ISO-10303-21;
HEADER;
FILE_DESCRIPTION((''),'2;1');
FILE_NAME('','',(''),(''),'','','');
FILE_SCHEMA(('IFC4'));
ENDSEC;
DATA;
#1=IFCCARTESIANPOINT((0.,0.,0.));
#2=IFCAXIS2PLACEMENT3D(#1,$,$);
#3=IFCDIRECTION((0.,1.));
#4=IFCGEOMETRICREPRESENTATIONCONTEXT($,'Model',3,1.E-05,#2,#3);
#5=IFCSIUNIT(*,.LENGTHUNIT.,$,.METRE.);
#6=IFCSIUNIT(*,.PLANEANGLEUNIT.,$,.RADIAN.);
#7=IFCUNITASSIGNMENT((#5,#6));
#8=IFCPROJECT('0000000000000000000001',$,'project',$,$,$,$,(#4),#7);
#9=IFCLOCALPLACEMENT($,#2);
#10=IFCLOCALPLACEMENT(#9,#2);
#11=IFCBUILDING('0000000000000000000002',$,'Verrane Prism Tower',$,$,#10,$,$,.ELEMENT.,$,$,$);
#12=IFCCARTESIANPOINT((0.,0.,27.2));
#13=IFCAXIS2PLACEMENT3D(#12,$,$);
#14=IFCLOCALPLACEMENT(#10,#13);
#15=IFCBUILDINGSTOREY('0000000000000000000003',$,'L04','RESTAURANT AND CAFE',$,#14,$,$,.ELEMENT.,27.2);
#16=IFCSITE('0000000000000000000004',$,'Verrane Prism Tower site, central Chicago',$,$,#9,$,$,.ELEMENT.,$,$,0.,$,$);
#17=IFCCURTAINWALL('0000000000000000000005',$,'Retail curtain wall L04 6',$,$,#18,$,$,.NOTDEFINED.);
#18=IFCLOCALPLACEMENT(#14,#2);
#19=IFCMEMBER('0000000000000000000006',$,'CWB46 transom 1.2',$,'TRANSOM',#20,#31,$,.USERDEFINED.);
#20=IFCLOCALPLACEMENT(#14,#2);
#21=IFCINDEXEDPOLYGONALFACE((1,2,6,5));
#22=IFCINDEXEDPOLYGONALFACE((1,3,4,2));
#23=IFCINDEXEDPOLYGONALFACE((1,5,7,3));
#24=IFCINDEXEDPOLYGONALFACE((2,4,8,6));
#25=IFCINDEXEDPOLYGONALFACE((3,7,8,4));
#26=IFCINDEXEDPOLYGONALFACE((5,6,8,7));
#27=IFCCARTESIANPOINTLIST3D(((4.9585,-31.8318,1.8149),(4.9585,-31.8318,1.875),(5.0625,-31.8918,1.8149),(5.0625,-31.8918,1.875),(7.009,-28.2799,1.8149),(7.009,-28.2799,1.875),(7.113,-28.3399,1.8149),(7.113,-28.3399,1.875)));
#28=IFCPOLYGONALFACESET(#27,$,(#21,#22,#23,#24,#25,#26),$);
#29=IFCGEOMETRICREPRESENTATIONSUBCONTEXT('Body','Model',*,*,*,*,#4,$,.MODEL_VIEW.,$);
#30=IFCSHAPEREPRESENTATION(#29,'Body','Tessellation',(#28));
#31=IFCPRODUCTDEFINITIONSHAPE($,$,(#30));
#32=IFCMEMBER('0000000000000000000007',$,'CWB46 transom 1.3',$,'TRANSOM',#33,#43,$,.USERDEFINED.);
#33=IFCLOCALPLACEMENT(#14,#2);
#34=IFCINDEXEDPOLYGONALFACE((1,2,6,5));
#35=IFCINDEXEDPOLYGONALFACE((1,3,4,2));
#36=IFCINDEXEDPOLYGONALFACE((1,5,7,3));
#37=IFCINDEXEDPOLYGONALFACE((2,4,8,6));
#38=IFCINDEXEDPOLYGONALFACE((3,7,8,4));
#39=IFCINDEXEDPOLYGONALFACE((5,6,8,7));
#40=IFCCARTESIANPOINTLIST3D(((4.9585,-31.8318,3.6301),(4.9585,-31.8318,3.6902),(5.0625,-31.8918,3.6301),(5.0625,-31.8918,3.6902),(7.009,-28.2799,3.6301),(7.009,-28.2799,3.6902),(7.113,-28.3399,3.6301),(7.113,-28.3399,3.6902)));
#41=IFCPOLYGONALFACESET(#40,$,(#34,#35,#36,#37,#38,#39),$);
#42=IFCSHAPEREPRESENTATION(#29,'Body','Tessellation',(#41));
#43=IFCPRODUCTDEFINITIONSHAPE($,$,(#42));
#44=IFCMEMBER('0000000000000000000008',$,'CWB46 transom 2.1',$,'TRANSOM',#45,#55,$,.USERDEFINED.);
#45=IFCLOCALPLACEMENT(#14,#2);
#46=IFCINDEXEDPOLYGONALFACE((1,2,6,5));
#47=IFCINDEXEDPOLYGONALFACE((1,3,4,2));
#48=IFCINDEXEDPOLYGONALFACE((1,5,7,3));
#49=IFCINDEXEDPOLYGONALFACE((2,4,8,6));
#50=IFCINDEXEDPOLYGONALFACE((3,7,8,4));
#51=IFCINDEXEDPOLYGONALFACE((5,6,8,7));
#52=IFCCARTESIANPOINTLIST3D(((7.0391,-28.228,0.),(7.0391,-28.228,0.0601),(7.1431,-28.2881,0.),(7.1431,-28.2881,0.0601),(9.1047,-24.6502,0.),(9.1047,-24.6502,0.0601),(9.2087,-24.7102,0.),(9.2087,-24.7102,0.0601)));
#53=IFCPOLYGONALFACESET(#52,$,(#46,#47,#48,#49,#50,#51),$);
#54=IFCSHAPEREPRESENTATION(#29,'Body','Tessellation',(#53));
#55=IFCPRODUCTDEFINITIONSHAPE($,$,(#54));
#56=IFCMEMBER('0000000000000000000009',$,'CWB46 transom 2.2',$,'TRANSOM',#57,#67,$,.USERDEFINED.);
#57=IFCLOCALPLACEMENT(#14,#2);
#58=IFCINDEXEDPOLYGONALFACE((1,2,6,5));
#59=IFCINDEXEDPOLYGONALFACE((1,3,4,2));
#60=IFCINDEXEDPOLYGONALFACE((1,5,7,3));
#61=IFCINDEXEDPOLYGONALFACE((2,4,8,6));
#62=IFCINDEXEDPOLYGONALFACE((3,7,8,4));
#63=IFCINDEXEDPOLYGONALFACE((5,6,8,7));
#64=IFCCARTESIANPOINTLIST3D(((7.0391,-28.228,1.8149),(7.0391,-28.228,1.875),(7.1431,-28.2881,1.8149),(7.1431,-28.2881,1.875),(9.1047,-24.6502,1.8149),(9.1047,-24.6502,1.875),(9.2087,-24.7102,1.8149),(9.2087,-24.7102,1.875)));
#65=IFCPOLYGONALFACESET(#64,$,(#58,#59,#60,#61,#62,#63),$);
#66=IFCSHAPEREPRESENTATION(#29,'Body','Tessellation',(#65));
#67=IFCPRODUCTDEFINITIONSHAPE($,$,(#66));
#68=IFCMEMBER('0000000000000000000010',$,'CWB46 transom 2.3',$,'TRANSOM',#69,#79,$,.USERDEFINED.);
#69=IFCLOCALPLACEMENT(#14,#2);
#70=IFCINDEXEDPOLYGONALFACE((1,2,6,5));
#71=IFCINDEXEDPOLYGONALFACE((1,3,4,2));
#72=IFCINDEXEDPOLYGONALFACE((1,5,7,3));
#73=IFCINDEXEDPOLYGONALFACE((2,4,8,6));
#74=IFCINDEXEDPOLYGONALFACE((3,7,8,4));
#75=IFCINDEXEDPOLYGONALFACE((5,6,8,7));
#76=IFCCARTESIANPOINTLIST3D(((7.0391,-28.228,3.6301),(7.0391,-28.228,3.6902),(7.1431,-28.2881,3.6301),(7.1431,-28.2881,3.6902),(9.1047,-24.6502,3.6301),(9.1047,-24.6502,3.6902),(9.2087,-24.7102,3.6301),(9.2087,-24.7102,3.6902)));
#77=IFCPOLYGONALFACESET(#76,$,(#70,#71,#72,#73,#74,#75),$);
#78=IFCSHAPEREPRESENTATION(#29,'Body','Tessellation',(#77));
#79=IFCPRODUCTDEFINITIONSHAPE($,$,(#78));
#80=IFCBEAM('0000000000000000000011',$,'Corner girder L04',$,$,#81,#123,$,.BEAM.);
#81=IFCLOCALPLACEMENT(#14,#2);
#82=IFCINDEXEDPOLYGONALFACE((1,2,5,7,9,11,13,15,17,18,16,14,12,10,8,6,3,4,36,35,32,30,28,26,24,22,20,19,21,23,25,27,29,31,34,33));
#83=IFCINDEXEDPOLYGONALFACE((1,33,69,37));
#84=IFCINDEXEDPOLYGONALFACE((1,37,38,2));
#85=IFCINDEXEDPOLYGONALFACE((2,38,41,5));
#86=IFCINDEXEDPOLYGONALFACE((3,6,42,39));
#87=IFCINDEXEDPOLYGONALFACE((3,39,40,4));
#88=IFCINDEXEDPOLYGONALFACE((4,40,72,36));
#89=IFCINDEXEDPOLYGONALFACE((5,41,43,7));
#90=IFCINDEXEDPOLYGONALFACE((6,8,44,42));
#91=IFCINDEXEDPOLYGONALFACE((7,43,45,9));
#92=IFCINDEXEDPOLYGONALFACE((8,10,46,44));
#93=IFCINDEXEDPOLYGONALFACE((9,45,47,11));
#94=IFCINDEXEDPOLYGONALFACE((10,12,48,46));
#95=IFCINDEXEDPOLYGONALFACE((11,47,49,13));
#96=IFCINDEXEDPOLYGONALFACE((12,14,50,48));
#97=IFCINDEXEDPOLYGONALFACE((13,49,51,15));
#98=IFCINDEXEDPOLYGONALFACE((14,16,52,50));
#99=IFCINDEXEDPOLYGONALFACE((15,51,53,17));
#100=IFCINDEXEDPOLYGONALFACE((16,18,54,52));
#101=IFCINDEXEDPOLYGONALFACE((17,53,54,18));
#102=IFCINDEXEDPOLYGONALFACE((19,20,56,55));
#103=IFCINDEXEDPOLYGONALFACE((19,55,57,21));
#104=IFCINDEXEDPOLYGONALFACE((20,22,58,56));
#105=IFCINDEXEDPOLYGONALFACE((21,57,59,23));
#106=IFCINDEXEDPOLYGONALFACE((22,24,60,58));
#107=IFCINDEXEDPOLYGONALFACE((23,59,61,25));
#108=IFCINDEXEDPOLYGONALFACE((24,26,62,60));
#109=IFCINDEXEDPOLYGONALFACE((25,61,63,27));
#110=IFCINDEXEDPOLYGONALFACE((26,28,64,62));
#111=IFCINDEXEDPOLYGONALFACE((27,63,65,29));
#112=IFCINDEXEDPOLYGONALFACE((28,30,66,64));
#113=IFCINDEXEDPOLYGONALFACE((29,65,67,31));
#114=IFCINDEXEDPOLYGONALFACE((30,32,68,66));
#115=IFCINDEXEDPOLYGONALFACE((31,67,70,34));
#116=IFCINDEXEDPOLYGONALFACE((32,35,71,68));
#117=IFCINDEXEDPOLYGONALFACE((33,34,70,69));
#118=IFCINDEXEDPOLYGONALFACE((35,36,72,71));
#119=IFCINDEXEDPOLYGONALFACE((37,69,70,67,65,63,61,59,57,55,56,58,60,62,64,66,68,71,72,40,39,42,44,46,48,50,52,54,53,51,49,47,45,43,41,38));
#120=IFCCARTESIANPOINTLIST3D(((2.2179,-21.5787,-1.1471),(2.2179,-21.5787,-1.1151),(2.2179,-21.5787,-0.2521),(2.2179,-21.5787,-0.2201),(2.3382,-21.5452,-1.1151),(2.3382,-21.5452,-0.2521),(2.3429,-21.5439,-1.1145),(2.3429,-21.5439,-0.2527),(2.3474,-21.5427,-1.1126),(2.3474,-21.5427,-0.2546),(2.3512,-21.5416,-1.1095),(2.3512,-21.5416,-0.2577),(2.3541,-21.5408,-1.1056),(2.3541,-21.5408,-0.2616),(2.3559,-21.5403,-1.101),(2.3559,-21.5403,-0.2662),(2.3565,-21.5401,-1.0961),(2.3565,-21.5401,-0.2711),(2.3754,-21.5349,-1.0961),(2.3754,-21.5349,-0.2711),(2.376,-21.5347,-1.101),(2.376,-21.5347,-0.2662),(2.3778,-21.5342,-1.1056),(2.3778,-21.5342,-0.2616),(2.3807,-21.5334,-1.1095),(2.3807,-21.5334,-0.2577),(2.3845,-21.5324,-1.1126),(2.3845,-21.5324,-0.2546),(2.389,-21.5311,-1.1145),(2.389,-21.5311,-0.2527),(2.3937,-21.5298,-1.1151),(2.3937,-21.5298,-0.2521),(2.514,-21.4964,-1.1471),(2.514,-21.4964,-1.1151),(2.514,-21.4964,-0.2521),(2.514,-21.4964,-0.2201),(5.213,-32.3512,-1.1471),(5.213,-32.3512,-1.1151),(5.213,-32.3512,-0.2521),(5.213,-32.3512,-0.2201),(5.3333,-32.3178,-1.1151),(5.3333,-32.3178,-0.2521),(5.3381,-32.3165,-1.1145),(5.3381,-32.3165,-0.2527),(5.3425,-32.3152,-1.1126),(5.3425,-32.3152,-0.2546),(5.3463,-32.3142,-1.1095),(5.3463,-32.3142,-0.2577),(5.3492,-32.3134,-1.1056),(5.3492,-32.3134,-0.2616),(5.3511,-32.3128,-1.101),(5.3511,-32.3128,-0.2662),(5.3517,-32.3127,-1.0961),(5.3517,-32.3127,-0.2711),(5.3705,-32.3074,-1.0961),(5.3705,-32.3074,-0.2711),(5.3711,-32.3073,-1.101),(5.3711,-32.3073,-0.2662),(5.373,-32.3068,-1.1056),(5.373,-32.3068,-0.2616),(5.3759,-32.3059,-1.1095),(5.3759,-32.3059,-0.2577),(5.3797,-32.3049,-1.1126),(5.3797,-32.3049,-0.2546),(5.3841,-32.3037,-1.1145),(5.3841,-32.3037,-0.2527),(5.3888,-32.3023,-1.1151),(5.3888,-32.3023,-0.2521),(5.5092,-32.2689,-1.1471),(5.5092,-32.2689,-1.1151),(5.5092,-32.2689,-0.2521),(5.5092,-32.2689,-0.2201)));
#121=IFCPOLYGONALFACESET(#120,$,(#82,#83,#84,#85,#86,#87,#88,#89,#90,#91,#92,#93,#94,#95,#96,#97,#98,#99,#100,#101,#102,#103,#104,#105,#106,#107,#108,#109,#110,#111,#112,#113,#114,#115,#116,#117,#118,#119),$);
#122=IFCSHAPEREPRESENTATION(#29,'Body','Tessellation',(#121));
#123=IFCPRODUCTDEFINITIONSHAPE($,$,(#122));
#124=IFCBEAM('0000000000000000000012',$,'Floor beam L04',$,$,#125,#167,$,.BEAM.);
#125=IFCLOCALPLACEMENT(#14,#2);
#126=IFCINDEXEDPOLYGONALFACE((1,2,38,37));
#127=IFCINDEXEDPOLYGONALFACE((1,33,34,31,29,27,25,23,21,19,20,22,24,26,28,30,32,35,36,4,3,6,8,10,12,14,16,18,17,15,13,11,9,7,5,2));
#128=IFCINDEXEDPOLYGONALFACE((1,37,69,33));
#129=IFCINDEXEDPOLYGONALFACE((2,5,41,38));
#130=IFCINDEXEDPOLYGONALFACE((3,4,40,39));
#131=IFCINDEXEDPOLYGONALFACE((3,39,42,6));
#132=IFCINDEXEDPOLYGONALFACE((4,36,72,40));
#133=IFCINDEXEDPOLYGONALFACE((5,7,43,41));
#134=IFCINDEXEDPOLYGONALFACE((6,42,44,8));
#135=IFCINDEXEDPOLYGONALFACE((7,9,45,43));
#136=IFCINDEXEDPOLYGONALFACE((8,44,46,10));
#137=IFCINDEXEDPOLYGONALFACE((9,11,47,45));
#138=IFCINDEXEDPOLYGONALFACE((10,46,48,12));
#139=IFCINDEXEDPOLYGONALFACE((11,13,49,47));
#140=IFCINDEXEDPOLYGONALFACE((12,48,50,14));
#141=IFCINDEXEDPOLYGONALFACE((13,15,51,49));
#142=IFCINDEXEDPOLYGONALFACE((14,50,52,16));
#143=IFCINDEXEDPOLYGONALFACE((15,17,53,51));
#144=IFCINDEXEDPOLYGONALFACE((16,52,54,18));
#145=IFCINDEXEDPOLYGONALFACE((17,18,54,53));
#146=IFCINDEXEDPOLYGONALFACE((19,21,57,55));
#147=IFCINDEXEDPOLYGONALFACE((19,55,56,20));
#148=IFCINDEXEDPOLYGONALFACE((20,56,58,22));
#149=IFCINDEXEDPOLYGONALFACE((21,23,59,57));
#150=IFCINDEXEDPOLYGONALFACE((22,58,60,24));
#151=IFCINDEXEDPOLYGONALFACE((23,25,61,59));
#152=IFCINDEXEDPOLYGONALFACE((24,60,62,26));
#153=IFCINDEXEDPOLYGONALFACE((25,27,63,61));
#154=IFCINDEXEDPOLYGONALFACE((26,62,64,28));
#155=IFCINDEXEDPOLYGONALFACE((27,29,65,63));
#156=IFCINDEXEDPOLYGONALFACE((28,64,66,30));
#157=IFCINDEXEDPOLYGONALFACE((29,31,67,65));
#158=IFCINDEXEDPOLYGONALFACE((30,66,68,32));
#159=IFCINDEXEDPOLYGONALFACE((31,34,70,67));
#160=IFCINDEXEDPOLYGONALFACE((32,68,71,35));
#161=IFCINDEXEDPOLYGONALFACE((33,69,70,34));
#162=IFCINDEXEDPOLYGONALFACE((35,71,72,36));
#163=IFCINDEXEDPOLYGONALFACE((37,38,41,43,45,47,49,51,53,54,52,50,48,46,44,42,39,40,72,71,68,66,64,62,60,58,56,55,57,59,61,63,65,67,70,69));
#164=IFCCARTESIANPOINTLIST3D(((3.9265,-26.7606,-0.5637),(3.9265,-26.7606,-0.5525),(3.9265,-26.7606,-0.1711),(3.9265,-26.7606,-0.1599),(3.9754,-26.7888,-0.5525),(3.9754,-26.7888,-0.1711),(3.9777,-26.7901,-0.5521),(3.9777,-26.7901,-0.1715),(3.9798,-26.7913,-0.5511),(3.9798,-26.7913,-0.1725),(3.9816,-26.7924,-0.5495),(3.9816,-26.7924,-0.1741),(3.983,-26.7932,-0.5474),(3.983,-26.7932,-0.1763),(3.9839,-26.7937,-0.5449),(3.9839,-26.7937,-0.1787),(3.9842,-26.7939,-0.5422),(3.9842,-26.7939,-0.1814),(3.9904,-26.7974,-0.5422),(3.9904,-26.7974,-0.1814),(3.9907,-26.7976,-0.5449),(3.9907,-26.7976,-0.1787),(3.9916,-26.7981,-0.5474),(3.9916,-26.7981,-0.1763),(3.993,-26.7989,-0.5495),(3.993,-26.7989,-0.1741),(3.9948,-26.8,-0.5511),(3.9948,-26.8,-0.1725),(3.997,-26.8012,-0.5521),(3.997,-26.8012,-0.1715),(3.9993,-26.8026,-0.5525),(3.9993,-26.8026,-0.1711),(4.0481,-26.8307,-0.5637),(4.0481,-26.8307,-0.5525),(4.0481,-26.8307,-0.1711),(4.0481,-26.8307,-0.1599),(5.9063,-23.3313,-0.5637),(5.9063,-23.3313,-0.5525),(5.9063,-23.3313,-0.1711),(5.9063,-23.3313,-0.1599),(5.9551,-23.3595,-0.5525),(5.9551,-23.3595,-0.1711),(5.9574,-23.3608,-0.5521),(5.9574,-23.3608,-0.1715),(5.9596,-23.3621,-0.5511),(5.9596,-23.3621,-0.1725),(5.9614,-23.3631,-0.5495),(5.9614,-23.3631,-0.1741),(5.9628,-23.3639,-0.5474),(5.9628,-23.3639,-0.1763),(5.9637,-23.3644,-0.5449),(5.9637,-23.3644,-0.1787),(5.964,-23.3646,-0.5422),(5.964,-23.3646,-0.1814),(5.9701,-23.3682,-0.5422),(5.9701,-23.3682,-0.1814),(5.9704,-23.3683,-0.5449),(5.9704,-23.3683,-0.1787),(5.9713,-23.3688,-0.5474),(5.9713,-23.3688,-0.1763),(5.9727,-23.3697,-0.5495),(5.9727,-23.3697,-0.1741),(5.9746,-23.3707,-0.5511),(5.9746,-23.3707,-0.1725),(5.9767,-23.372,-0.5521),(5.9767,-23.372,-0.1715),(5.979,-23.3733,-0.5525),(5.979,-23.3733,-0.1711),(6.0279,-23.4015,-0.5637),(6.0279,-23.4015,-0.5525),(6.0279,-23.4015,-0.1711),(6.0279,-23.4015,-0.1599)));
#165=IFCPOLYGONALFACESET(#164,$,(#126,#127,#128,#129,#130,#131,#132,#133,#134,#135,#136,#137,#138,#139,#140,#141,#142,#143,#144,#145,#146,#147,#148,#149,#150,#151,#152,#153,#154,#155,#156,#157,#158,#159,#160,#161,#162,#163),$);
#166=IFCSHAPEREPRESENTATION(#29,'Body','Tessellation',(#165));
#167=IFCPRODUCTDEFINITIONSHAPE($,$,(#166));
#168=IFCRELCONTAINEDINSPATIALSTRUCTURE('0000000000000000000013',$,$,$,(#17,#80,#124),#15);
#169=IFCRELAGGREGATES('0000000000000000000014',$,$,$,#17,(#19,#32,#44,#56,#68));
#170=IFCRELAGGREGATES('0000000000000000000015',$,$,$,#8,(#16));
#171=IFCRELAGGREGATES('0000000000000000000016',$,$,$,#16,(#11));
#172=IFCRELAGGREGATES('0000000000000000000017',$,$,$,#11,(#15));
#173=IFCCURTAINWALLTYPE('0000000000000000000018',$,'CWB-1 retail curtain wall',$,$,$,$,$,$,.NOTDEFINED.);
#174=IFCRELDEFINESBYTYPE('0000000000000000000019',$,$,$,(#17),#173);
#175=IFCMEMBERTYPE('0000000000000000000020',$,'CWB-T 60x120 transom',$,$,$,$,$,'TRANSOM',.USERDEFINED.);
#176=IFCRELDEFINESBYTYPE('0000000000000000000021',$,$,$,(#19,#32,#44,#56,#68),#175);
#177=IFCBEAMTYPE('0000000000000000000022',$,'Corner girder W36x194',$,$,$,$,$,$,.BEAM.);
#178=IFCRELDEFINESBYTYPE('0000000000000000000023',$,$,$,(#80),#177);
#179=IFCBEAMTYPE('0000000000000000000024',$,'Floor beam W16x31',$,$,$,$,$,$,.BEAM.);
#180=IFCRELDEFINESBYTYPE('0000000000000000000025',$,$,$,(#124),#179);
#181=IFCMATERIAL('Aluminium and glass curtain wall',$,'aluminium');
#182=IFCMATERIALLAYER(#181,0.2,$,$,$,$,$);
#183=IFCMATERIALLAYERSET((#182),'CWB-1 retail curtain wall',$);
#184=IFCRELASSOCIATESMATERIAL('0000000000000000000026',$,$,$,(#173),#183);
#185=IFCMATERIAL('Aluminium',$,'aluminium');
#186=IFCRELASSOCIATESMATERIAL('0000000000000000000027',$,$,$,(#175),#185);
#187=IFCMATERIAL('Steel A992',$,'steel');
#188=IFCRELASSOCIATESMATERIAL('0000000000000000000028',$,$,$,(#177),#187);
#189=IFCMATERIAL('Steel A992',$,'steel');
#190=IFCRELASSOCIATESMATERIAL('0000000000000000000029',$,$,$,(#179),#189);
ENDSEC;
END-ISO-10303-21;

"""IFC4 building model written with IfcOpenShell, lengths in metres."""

from ifc_helpers import new_model, si_unit, direction, frame, origin, origin_2d, place, context, subcontext, project, spatial, rectangle, i_section, extrude, material, layer, layer_set, material_profile, profile_set, type_object, element, aggregate, save


model = new_model("IFC4")

# Units and contexts
model_context = context("Model", 3, precision=1e-05, world=origin(), true_north=direction((0.0, 1.0)))
body_context = subcontext(model_context, "Body", "Model", "MODEL_VIEW")
ifc_project = project(units=[si_unit("LENGTHUNIT", "METRE"), si_unit("PLANEANGLEUNIT", "RADIAN")], contexts=[model_context])

# Site, building, storey
site_placement = place(None, origin())
site = spatial("IfcSite", under=ifc_project, at=site_placement, Name="Verrane Prism Tower site, central Chicago", CompositionType="ELEMENT", RefElevation=0.0)
building_placement = place(site_placement, origin())
building = spatial("IfcBuilding", under=site, at=building_placement, Name="Verrane Prism Tower", CompositionType="ELEMENT")
storey_placement = place(building_placement, frame((0.0, 0.0, 27.2)))
storey = spatial("IfcBuildingStorey", under=building, at=storey_placement, Name="L04", Description="RESTAURANT AND CAFE", CompositionType="ELEMENT", Elevation=27.2)

# Curtain wall
ifc_material_1 = material(Name="Aluminium and glass curtain wall", Category="aluminium")
ifc_layer_1 = layer(ifc_material_1, 0.2)
ifc_layer_set_1 = layer_set([ifc_layer_1], Name="CWB-1 retail curtain wall")
curtain_wall_type = type_object("IfcCurtainWallType", Name="CWB-1 retail curtain wall", PredefinedType="NOTDEFINED", material=ifc_layer_set_1)
curtain_wall_1_placement = place(storey_placement, origin())
curtain_wall_1 = element("IfcCurtainWall", 1, at=curtain_wall_1_placement, inside=storey, type_object=curtain_wall_type, Name="Retail curtain wall L04 6", PredefinedType="NOTDEFINED")

# Members
ifc_material_2 = material(Name="Aluminium", Category="aluminium")
ifc_material_profile_1 = material_profile(ifc_material_2, rectangle(XDim=0.1201, YDim=0.0601, at=origin_2d()), Name="CWB-T 60x120 transom")
ifc_profile_set_1 = profile_set([ifc_material_profile_1], Name="Aluminium")
member_type_1 = type_object("IfcMemberType", Name="CWB-T 60x120 transom", ElementType="TRANSOM", PredefinedType="USERDEFINED", material=ifc_profile_set_1)
member_1_placement = place(storey_placement, frame((5.0105, -31.8618, 1.845), z_axis=(0.499961, 0.866048, 0.0), x_axis=(-0.866048, 0.499961, 0.0)))
member_1 = element("IfcMember", 2, at=member_1_placement, type_object=member_type_1, Name="CWB46 transom 1.2", ObjectType="TRANSOM", PredefinedType="USERDEFINED", context=body_context, shape_type="SweptSolid", body=[
    extrude(rectangle(XDim=0.1201, YDim=0.0601, at=origin_2d()), origin(), (0.0, 0.0, 1.0), 4.1013),
])
member_2_placement = place(storey_placement, frame((5.0105, -31.8618, 3.6602), z_axis=(0.499961, 0.866048, 0.0), x_axis=(-0.866048, 0.499961, 0.0)))
member_2 = element("IfcMember", 3, at=member_2_placement, type_object=member_type_1, Name="CWB46 transom 1.3", ObjectType="TRANSOM", PredefinedType="USERDEFINED", context=body_context, shape_type="SweptSolid", body=[
    extrude(rectangle(XDim=0.1201, YDim=0.0601, at=origin_2d()), origin(), (0.0, 0.0, 1.0), 4.1013),
])
member_3_placement = place(storey_placement, frame((7.0911, -28.2581, 0.03), z_axis=(0.499997, 0.866027, 0.0), x_axis=(-0.866027, 0.499997, 0.0)))
member_3 = element("IfcMember", 4, at=member_3_placement, type_object=member_type_1, Name="CWB46 transom 2.1", ObjectType="TRANSOM", PredefinedType="USERDEFINED", context=body_context, shape_type="SweptSolid", body=[
    extrude(rectangle(XDim=0.1201, YDim=0.0601, at=origin_2d()), origin(), (0.0, 0.0, 1.0), 4.1313),
])
member_4_placement = place(storey_placement, frame((7.0911, -28.2581, 1.845), z_axis=(0.499997, 0.866027, 0.0), x_axis=(-0.866027, 0.499997, 0.0)))
member_4 = element("IfcMember", 5, at=member_4_placement, type_object=member_type_1, Name="CWB46 transom 2.2", ObjectType="TRANSOM", PredefinedType="USERDEFINED", context=body_context, shape_type="SweptSolid", body=[
    extrude(rectangle(XDim=0.1201, YDim=0.0601, at=origin_2d()), origin(), (0.0, 0.0, 1.0), 4.1313),
])
member_5_placement = place(storey_placement, frame((7.0911, -28.2581, 3.6602), z_axis=(0.499997, 0.866027, 0.0), x_axis=(-0.866027, 0.499997, 0.0)))
member_5 = element("IfcMember", 6, at=member_5_placement, type_object=member_type_1, Name="CWB46 transom 2.3", ObjectType="TRANSOM", PredefinedType="USERDEFINED", context=body_context, shape_type="SweptSolid", body=[
    extrude(rectangle(XDim=0.1201, YDim=0.0601, at=origin_2d()), origin(), (0.0, 0.0, 1.0), 4.1313),
])

# Beams
ifc_material_3 = material(Name="Steel A992", Category="steel")
ifc_material_profile_2 = material_profile(ifc_material_3, i_section(OverallWidth=0.3074, OverallDepth=0.927, WebThickness=0.0195, FlangeThickness=0.032, FilletRadius=0.019, at=origin_2d()), Name="W36x194")
ifc_profile_set_2 = profile_set([ifc_material_profile_2], Name="Steel A992")
beam_type_1 = type_object("IfcBeamType", Name="Corner girder W36x194", PredefinedType="BEAM", material=ifc_profile_set_2)
beam_1_placement = place(storey_placement, frame((5.3611, -32.3101, -0.6836), z_axis=(-0.267874, 0.963454, 0.0), x_axis=(-0.963454, -0.267874, 0.0)))
element("IfcBeam", 7, at=beam_1_placement, inside=storey, type_object=beam_type_1, Name="Corner girder L04", PredefinedType="BEAM", context=body_context, shape_type="SweptSolid", body=[
    extrude(i_section(OverallWidth=0.3074, OverallDepth=0.927, WebThickness=0.0195, FlangeThickness=0.032, FilletRadius=0.019, at=origin_2d()), origin(), (0.0, 0.0, 1.0), 11.1812),
])
ifc_material_4 = material(Name="Steel A992", Category="steel")
ifc_material_profile_3 = material_profile(ifc_material_4, i_section(OverallWidth=0.1404, OverallDepth=0.4038, WebThickness=0.0071, FlangeThickness=0.0112, FilletRadius=0.0103, at=origin_2d()), Name="W16x31")
ifc_profile_set_3 = profile_set([ifc_material_profile_3], Name="Steel A992")
beam_type_2 = type_object("IfcBeamType", Name="Floor beam W16x31", PredefinedType="BEAM", material=ifc_profile_set_3)
beam_2_placement = place(storey_placement, frame((3.9873, -26.7957, -0.3618), z_axis=(0.499979, 0.866038, 0.0), x_axis=(-0.866038, 0.499979, 0.0)))
element("IfcBeam", 8, at=beam_2_placement, inside=storey, type_object=beam_type_2, Name="Floor beam L04", PredefinedType="BEAM", context=body_context, shape_type="SweptSolid", body=[
    extrude(i_section(OverallWidth=0.1404, OverallDepth=0.4038, WebThickness=0.0071, FlangeThickness=0.0112, FilletRadius=0.0103, at=origin_2d()), origin(), (0.0, 0.0, 1.0), 3.9597),
])

aggregate(curtain_wall_1, [member_1, member_2, member_3, member_4, member_5])

save(model, "model.ifc")
